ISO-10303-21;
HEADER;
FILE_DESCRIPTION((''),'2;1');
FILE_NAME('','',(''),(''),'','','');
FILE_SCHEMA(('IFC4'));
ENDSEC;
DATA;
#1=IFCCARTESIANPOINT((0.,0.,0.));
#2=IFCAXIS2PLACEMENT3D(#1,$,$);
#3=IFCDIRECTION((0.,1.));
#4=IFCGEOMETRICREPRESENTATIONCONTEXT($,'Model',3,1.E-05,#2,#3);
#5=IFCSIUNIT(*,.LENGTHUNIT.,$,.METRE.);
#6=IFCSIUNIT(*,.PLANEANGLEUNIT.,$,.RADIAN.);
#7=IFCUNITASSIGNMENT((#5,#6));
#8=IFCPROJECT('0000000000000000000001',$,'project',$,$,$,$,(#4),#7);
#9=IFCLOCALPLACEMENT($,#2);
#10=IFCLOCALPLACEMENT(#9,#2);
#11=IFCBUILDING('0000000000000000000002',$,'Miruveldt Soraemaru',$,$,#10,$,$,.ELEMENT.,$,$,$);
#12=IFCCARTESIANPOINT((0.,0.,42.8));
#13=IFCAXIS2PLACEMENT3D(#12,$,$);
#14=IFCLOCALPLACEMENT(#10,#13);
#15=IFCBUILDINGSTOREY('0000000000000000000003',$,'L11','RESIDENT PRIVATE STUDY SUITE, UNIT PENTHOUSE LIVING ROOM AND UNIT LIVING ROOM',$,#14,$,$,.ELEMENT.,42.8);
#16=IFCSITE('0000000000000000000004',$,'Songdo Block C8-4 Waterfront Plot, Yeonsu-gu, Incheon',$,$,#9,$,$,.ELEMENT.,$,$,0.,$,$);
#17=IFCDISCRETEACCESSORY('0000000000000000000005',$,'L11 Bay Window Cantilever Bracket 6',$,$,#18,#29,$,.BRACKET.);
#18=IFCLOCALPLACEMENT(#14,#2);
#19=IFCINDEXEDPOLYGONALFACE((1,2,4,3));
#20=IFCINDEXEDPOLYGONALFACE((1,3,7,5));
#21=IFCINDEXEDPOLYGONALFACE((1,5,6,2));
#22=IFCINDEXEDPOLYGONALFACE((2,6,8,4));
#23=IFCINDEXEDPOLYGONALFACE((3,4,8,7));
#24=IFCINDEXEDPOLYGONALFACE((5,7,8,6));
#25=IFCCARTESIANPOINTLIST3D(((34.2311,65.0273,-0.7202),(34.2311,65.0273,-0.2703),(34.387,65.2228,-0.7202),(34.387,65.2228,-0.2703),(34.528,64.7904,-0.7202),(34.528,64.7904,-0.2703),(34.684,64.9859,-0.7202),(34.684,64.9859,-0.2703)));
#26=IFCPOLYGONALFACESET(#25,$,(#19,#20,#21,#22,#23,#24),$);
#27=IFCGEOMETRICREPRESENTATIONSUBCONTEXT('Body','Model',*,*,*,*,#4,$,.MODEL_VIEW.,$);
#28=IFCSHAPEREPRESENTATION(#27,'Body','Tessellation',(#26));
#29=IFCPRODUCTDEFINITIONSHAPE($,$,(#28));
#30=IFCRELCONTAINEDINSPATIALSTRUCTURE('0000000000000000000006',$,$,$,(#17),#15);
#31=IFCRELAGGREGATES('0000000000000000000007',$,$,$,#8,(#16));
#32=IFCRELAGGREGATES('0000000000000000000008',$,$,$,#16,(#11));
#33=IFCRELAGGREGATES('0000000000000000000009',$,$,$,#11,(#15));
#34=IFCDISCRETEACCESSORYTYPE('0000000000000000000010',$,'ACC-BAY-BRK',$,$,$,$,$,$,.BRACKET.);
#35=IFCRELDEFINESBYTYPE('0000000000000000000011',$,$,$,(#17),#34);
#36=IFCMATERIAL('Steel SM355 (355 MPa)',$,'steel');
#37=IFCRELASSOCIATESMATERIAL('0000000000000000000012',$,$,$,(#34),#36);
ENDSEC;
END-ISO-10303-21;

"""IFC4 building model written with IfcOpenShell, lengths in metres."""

from ifc_helpers import new_model, si_unit, direction, frame, origin, origin_2d, place, context, subcontext, project, spatial, rectangle, extrude, material, type_object, element, save


model = new_model("IFC4")

# Units and contexts
model_context = context("Model", 3, precision=1e-05, world=origin(), true_north=direction((0.0, 1.0)))
body_context = subcontext(model_context, "Body", "Model", "MODEL_VIEW")
ifc_project = project(units=[si_unit("LENGTHUNIT", "METRE"), si_unit("PLANEANGLEUNIT", "RADIAN")], contexts=[model_context])

# Site, building, storey
site_placement = place(None, origin())
site = spatial("IfcSite", under=ifc_project, at=site_placement, Name="Songdo Block C8-4 Waterfront Plot, Yeonsu-gu, Incheon", CompositionType="ELEMENT", RefElevation=0.0)
building_placement = place(site_placement, origin())
building = spatial("IfcBuilding", under=site, at=building_placement, Name="Miruveldt Soraemaru", CompositionType="ELEMENT")
storey_placement = place(building_placement, frame((0.0, 0.0, 42.8)))
storey = spatial("IfcBuildingStorey", under=building, at=storey_placement, Name="L11", Description="RESIDENT PRIVATE STUDY SUITE, UNIT PENTHOUSE LIVING ROOM AND UNIT LIVING ROOM", CompositionType="ELEMENT", Elevation=42.8)

# Discrete accessory
ifc_material_1 = material(Name="Steel SM355 (355 MPa)", Category="steel")
discrete_accessory_type = type_object("IfcDiscreteAccessoryType", Name="ACC-BAY-BRK", PredefinedType="BRACKET", material=ifc_material_1)
discrete_accessory_placement = place(storey_placement, frame((34.4575, 65.0066, -0.7202), z_axis=(0.0, 0.0, 1.0), x_axis=(-0.781727, 0.62362, 0.0)))
element("IfcDiscreteAccessory", 1, at=discrete_accessory_placement, inside=storey, type_object=discrete_accessory_type, Name="L11 Bay Window Cantilever Bracket 6", PredefinedType="BRACKET", context=body_context, shape_type="SweptSolid", body=[
    extrude(rectangle(XDim=0.3799, YDim=0.25, at=origin_2d()), origin(), (0.0, 0.0, 1.0), 0.45),
])

save(model, "model.ifc")
